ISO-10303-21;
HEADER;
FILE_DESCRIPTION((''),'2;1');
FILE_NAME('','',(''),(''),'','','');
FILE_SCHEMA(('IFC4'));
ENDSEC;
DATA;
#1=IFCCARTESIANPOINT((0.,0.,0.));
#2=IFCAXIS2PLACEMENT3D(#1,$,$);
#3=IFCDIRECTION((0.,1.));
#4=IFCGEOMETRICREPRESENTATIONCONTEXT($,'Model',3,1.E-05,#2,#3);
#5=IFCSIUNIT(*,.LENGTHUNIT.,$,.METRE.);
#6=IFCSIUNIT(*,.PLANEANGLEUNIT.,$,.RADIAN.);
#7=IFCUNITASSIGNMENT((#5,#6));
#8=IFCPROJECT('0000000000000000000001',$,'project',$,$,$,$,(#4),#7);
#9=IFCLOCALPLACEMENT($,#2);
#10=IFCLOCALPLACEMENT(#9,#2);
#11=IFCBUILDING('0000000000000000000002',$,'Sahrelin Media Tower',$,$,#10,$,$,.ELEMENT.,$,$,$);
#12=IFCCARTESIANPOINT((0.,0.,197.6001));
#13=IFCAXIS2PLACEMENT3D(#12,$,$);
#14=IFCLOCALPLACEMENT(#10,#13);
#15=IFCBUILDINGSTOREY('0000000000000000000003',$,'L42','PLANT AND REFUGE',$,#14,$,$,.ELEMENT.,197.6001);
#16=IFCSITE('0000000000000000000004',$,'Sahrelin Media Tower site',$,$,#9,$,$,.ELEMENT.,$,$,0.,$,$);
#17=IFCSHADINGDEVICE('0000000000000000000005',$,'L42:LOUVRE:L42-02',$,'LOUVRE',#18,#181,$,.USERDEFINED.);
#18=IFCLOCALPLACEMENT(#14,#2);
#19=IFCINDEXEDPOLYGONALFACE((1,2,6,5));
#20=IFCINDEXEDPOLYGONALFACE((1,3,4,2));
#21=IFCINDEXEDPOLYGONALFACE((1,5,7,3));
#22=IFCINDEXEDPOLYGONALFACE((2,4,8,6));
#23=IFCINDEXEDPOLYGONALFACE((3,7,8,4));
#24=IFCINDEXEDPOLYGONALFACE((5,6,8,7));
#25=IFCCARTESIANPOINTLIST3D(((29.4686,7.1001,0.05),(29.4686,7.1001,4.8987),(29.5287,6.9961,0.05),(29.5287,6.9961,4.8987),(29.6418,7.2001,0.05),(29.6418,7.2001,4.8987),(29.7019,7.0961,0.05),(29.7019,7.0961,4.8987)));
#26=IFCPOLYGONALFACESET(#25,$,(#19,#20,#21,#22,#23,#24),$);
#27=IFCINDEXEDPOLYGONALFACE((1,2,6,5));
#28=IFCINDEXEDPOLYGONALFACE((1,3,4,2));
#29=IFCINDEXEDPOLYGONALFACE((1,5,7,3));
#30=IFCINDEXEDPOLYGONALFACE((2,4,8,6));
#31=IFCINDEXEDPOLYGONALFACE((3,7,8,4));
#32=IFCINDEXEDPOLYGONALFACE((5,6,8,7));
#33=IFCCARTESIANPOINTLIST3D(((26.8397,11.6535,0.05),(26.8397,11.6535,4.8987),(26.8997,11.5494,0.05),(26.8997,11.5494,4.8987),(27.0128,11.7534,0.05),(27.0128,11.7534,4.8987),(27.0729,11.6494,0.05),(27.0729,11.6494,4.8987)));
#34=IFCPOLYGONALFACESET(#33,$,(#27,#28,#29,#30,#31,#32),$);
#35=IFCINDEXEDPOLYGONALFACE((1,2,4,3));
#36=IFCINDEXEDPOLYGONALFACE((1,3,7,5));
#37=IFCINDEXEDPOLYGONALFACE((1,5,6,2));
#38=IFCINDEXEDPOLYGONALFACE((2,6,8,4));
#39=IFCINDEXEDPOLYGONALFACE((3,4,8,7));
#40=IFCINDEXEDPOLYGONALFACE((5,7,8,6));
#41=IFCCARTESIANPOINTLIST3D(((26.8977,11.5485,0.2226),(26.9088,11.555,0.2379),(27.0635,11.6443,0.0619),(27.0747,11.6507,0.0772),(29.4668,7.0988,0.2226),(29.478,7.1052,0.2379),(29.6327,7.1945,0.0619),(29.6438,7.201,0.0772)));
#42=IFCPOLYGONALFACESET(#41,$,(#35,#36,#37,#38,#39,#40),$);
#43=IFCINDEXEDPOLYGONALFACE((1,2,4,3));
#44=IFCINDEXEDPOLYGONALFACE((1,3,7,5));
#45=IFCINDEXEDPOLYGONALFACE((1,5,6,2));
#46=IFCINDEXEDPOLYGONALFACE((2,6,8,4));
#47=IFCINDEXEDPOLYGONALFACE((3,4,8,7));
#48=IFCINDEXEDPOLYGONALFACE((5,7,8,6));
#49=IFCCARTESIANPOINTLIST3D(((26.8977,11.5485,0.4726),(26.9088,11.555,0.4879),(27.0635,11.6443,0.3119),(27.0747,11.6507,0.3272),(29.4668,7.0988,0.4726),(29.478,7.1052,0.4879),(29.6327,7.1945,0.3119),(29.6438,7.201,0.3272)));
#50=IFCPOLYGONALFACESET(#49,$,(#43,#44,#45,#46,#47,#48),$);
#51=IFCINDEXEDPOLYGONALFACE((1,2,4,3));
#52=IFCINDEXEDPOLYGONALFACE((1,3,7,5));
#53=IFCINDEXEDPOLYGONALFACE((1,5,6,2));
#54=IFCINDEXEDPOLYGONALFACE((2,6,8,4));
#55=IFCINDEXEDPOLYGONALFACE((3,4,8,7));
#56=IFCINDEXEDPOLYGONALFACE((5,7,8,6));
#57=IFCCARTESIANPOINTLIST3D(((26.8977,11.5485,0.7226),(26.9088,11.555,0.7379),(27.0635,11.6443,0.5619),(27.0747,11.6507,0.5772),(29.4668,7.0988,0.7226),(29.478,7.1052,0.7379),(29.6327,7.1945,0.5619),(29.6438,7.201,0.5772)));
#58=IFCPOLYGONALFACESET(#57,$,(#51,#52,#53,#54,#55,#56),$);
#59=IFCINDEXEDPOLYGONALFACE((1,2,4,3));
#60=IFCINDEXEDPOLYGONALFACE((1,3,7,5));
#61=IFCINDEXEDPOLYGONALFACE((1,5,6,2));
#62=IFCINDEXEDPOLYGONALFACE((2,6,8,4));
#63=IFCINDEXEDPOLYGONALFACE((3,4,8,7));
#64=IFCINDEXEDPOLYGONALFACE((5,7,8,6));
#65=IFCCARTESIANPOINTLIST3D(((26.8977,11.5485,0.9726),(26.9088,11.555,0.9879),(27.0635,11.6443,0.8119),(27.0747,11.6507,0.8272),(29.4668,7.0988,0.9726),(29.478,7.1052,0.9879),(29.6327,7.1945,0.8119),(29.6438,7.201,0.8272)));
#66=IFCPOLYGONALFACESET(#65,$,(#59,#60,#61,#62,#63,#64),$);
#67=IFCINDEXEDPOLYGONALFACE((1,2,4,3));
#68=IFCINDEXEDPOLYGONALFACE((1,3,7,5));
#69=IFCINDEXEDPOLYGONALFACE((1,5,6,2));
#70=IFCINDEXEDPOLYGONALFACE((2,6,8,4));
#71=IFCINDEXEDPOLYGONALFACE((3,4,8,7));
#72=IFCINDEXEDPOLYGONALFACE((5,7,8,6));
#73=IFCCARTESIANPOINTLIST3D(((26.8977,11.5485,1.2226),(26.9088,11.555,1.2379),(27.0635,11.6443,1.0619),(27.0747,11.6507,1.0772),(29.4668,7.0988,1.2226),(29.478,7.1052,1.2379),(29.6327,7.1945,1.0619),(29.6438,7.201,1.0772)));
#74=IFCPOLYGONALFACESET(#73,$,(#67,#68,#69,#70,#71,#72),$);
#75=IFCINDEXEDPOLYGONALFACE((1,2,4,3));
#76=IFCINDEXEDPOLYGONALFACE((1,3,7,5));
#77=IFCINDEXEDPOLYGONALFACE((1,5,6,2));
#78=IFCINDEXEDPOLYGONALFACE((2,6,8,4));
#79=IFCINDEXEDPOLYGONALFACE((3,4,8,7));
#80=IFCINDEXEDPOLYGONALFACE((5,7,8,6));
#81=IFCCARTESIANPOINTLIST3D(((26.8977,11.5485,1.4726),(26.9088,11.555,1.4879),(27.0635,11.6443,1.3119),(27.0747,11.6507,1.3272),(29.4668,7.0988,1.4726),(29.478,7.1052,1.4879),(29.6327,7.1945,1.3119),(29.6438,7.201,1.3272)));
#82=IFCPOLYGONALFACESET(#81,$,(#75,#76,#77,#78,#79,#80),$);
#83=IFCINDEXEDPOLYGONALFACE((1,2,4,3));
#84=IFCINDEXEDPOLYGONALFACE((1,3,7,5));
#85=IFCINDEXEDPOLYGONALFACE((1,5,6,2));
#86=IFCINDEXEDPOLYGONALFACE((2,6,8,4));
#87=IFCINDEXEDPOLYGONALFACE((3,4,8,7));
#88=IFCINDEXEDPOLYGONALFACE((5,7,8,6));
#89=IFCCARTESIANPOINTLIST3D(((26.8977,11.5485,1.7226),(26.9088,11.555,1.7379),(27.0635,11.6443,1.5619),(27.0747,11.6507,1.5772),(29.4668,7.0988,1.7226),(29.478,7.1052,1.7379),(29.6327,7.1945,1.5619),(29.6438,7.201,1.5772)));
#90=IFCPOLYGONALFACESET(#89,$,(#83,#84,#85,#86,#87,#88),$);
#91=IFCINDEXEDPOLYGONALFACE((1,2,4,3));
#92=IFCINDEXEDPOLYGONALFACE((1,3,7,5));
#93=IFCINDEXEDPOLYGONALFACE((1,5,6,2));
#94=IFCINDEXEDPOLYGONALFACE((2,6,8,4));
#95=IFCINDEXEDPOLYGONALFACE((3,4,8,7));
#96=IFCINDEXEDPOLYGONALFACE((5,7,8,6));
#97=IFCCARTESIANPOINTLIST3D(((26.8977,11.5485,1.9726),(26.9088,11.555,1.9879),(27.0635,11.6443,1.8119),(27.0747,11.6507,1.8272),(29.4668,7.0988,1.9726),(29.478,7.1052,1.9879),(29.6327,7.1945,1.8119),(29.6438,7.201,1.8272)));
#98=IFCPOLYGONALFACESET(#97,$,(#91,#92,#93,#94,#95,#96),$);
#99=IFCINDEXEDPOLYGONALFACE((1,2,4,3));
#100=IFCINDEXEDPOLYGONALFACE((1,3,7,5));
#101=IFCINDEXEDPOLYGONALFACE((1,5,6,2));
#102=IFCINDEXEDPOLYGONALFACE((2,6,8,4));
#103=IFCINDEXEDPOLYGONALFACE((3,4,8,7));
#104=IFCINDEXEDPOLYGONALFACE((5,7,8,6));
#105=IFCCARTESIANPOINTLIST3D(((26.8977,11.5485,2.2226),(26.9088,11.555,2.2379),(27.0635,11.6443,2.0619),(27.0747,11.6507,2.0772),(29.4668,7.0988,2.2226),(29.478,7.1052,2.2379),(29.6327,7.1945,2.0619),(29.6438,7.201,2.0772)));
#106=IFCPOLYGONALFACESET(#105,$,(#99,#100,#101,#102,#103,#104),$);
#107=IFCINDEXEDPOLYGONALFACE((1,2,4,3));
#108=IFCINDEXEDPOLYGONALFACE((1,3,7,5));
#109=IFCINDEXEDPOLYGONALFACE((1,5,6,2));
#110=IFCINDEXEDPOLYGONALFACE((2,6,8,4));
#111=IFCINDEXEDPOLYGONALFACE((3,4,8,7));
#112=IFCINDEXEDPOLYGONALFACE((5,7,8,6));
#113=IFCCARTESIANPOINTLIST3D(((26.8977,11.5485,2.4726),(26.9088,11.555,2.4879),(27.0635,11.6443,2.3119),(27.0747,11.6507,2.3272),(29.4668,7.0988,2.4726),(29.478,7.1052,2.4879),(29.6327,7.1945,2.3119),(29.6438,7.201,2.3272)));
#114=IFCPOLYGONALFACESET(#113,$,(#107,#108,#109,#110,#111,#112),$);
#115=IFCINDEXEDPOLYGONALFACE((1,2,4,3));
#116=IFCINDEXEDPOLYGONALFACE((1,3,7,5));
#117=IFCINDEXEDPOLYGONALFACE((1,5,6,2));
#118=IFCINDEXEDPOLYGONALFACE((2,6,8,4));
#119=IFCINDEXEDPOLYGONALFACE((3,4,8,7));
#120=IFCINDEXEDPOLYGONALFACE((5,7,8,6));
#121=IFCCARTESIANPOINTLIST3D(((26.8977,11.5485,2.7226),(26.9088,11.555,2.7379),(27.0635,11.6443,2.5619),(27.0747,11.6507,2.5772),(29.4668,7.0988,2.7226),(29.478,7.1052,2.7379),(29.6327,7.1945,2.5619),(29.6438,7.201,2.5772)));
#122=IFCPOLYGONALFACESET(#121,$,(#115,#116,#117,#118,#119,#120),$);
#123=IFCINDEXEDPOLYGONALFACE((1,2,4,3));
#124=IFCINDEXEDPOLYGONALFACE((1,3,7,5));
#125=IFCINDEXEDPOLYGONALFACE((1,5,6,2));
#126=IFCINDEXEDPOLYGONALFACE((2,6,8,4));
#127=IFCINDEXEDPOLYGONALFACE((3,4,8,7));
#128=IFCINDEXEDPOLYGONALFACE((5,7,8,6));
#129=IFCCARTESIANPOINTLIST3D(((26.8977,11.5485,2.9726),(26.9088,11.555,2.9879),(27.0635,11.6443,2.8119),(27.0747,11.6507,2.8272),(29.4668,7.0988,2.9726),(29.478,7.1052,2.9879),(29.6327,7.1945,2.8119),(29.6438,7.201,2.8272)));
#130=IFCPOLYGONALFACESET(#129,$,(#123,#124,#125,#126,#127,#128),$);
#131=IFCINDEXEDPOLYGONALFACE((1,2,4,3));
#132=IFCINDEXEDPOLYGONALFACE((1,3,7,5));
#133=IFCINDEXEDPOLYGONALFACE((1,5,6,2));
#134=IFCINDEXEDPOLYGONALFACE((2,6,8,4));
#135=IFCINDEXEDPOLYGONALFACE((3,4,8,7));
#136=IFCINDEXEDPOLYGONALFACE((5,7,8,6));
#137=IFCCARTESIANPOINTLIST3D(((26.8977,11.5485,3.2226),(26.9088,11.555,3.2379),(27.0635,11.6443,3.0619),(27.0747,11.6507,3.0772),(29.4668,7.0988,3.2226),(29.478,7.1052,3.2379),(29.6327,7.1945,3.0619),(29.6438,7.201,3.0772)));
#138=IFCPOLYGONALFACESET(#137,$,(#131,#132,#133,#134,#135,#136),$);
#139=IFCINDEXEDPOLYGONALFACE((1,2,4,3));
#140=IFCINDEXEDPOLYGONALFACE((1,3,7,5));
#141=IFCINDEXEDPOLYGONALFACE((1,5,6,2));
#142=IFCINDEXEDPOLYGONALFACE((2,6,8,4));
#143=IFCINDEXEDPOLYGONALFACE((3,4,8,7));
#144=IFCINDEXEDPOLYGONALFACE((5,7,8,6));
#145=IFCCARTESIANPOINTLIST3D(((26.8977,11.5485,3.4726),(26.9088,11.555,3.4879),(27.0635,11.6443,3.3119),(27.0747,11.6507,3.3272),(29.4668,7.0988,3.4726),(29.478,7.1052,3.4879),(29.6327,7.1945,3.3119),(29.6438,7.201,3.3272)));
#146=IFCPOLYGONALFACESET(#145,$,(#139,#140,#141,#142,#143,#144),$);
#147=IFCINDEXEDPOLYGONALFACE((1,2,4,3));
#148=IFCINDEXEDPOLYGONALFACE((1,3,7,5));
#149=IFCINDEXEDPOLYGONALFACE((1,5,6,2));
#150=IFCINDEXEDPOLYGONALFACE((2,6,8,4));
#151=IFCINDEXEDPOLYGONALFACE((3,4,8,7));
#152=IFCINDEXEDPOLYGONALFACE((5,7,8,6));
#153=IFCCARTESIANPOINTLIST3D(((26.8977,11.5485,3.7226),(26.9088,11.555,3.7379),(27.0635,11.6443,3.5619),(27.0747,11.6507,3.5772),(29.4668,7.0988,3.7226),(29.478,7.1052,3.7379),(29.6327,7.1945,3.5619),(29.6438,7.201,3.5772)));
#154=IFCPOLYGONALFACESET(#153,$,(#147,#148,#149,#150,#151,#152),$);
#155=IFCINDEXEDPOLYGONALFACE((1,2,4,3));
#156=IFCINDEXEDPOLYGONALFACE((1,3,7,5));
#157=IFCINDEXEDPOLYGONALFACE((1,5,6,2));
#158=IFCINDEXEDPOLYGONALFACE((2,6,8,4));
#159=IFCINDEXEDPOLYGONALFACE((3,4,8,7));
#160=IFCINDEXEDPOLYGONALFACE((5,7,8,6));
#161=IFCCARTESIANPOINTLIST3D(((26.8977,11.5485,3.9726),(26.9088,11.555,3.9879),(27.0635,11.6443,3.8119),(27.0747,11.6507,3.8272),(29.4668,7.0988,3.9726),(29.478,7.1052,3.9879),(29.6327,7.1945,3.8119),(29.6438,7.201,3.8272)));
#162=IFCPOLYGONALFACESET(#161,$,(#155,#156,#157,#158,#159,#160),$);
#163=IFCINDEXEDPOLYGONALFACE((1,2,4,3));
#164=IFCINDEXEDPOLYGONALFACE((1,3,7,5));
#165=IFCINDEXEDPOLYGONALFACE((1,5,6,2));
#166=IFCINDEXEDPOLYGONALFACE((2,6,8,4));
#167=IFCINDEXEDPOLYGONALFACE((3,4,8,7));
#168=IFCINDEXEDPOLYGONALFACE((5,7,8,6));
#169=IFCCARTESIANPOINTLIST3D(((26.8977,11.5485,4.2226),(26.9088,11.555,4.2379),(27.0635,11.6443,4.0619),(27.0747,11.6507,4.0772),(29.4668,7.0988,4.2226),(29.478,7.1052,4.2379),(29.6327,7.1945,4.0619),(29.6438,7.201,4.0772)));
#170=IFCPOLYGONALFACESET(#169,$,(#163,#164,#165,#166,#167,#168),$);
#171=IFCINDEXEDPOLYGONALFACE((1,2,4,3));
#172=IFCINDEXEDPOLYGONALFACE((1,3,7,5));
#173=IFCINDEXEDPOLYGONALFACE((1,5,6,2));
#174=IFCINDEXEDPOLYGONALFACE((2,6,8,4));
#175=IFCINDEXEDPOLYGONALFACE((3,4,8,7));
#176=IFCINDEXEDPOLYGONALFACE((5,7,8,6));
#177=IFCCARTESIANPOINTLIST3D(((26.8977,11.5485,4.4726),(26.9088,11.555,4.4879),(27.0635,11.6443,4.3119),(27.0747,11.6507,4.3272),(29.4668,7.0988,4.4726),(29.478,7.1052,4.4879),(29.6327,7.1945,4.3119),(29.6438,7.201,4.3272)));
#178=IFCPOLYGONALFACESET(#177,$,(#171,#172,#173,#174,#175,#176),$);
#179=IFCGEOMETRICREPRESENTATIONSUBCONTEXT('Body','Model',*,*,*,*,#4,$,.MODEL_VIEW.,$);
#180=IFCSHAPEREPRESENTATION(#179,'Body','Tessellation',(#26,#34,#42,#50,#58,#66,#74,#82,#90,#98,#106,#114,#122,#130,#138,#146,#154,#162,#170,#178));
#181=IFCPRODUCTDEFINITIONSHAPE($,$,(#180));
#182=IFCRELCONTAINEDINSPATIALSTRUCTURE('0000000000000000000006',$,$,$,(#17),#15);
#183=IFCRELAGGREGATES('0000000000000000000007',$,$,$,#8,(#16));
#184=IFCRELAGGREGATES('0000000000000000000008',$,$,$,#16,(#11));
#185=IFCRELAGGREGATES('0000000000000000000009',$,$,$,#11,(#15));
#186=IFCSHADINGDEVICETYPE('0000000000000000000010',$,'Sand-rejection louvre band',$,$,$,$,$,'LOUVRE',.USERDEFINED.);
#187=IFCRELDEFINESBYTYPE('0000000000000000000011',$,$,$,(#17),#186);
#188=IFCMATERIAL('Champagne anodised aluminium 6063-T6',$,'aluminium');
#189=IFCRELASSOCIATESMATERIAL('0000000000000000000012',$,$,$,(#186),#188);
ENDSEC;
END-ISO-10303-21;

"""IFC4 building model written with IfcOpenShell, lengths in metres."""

from ifc_helpers import new_model, si_unit, direction, frame, origin, origin_2d, place, context, subcontext, project, spatial, rectangle, extrude, material, type_object, element, save


model = new_model("IFC4")

# Units and contexts
model_context = context("Model", 3, precision=1e-05, world=origin(), true_north=direction((0.0, 1.0)))
body_context = subcontext(model_context, "Body", "Model", "MODEL_VIEW")
ifc_project = project(units=[si_unit("LENGTHUNIT", "METRE"), si_unit("PLANEANGLEUNIT", "RADIAN")], contexts=[model_context])

# Site, building, storey
site_placement = place(None, origin())
site = spatial("IfcSite", under=ifc_project, at=site_placement, Name="Sahrelin Media Tower site", CompositionType="ELEMENT", RefElevation=0.0)
building_placement = place(site_placement, origin())
building = spatial("IfcBuilding", under=site, at=building_placement, Name="Sahrelin Media Tower", CompositionType="ELEMENT")
storey_placement = place(building_placement, frame((0.0, 0.0, 197.6001)))
storey = spatial("IfcBuildingStorey", under=building, at=storey_placement, Name="L42", Description="PLANT AND REFUGE", CompositionType="ELEMENT", Elevation=197.6001)

# Shading device
ifc_material_1 = material(Name="Champagne anodised aluminium 6063-T6", Category="aluminium")
shading_device_type = type_object("IfcShadingDeviceType", Name="Sand-rejection louvre band", ElementType="LOUVRE", PredefinedType="USERDEFINED", material=ifc_material_1)
shading_device_1_placement = place(storey_placement, frame((28.1841, 9.3247, 0.0), z_axis=(0.0, 0.0, 1.0), x_axis=(0.500011, -0.866019, 0.0)))
element("IfcShadingDevice", 1, at=shading_device_1_placement, inside=storey, type_object=shading_device_type, Name="L42:LOUVRE:L42-02", ObjectType="LOUVRE", PredefinedType="USERDEFINED", context=body_context, shape_type="SweptSolid", body=[
    extrude(rectangle(XDim=0.1201, YDim=0.2, at=origin_2d()), frame((2.6289, 0.1001, 0.05), z_axis=(0.0, 0.0, 1.0), x_axis=(1.0, 0.0, 0.0)), (0.0, 0.0, 1.0), 4.8486),
    extrude(rectangle(XDim=0.1201, YDim=0.2, at=origin_2d()), frame((-2.6289, 0.1001, 0.05), z_axis=(0.0, 0.0, 1.0), x_axis=(1.0, 0.0, 0.0)), (0.0, 0.0, 1.0), 4.8486),
    extrude(rectangle(XDim=0.25, YDim=0.02, at=origin_2d()), frame((2.5691, 0.1001, 0.1499), z_axis=(-1.0, 0.0, 0.0), x_axis=(0.0, -0.766044, 0.642788)), (0.0, 0.0, 1.0), 5.1382),
    extrude(rectangle(XDim=0.25, YDim=0.02, at=origin_2d()), frame((2.5691, 0.1001, 0.3999), z_axis=(-1.0, 0.0, 0.0), x_axis=(0.0, -0.766044, 0.642788)), (0.0, 0.0, 1.0), 5.1382),
    extrude(rectangle(XDim=0.25, YDim=0.02, at=origin_2d()), frame((2.5691, 0.1001, 0.6499), z_axis=(-1.0, 0.0, 0.0), x_axis=(0.0, -0.766044, 0.642788)), (0.0, 0.0, 1.0), 5.1382),
    extrude(rectangle(XDim=0.25, YDim=0.02, at=origin_2d()), frame((2.5691, 0.1001, 0.8999), z_axis=(-1.0, 0.0, 0.0), x_axis=(0.0, -0.766044, 0.642788)), (0.0, 0.0, 1.0), 5.1382),
    extrude(rectangle(XDim=0.25, YDim=0.02, at=origin_2d()), frame((2.5691, 0.1001, 1.1499), z_axis=(-1.0, 0.0, 0.0), x_axis=(0.0, -0.766044, 0.642788)), (0.0, 0.0, 1.0), 5.1382),
    extrude(rectangle(XDim=0.25, YDim=0.02, at=origin_2d()), frame((2.5691, 0.1001, 1.3999), z_axis=(-1.0, 0.0, 0.0), x_axis=(0.0, -0.766044, 0.642788)), (0.0, 0.0, 1.0), 5.1382),
    extrude(rectangle(XDim=0.25, YDim=0.02, at=origin_2d()), frame((2.5691, 0.1001, 1.6499), z_axis=(-1.0, 0.0, 0.0), x_axis=(0.0, -0.766044, 0.642788)), (0.0, 0.0, 1.0), 5.1382),
    extrude(rectangle(XDim=0.25, YDim=0.02, at=origin_2d()), frame((2.5691, 0.1001, 1.8999), z_axis=(-1.0, 0.0, 0.0), x_axis=(0.0, -0.766044, 0.642788)), (0.0, 0.0, 1.0), 5.1382),
    extrude(rectangle(XDim=0.25, YDim=0.02, at=origin_2d()), frame((2.5691, 0.1001, 2.1499), z_axis=(-1.0, 0.0, 0.0), x_axis=(0.0, -0.766044, 0.642788)), (0.0, 0.0, 1.0), 5.1382),
    extrude(rectangle(XDim=0.25, YDim=0.02, at=origin_2d()), frame((2.5691, 0.1001, 2.3999), z_axis=(-1.0, 0.0, 0.0), x_axis=(0.0, -0.766044, 0.642788)), (0.0, 0.0, 1.0), 5.1382),
    extrude(rectangle(XDim=0.25, YDim=0.02, at=origin_2d()), frame((2.5691, 0.1001, 2.6499), z_axis=(-1.0, 0.0, 0.0), x_axis=(0.0, -0.766044, 0.642788)), (0.0, 0.0, 1.0), 5.1382),
    extrude(rectangle(XDim=0.25, YDim=0.02, at=origin_2d()), frame((2.5691, 0.1001, 2.8999), z_axis=(-1.0, 0.0, 0.0), x_axis=(0.0, -0.766044, 0.642788)), (0.0, 0.0, 1.0), 5.1382),
    extrude(rectangle(XDim=0.25, YDim=0.02, at=origin_2d()), frame((2.5691, 0.1001, 3.1499), z_axis=(-1.0, 0.0, 0.0), x_axis=(0.0, -0.766044, 0.642788)), (0.0, 0.0, 1.0), 5.1382),
    extrude(rectangle(XDim=0.25, YDim=0.02, at=origin_2d()), frame((2.5691, 0.1001, 3.3999), z_axis=(-1.0, 0.0, 0.0), x_axis=(0.0, -0.766044, 0.642788)), (0.0, 0.0, 1.0), 5.1382),
    extrude(rectangle(XDim=0.25, YDim=0.02, at=origin_2d()), frame((2.5691, 0.1001, 3.6499), z_axis=(-1.0, 0.0, 0.0), x_axis=(0.0, -0.766044, 0.642788)), (0.0, 0.0, 1.0), 5.1382),
    extrude(rectangle(XDim=0.25, YDim=0.02, at=origin_2d()), frame((2.5691, 0.1001, 3.8999), z_axis=(-1.0, 0.0, 0.0), x_axis=(0.0, -0.766044, 0.642788)), (0.0, 0.0, 1.0), 5.1382),
    extrude(rectangle(XDim=0.25, YDim=0.02, at=origin_2d()), frame((2.5691, 0.1001, 4.1499), z_axis=(-1.0, 0.0, 0.0), x_axis=(0.0, -0.766044, 0.642788)), (0.0, 0.0, 1.0), 5.1382),
    extrude(rectangle(XDim=0.25, YDim=0.02, at=origin_2d()), frame((2.5691, 0.1001, 4.3999), z_axis=(-1.0, 0.0, 0.0), x_axis=(0.0, -0.766044, 0.642788)), (0.0, 0.0, 1.0), 5.1382),
])

save(model, "model.ifc")
